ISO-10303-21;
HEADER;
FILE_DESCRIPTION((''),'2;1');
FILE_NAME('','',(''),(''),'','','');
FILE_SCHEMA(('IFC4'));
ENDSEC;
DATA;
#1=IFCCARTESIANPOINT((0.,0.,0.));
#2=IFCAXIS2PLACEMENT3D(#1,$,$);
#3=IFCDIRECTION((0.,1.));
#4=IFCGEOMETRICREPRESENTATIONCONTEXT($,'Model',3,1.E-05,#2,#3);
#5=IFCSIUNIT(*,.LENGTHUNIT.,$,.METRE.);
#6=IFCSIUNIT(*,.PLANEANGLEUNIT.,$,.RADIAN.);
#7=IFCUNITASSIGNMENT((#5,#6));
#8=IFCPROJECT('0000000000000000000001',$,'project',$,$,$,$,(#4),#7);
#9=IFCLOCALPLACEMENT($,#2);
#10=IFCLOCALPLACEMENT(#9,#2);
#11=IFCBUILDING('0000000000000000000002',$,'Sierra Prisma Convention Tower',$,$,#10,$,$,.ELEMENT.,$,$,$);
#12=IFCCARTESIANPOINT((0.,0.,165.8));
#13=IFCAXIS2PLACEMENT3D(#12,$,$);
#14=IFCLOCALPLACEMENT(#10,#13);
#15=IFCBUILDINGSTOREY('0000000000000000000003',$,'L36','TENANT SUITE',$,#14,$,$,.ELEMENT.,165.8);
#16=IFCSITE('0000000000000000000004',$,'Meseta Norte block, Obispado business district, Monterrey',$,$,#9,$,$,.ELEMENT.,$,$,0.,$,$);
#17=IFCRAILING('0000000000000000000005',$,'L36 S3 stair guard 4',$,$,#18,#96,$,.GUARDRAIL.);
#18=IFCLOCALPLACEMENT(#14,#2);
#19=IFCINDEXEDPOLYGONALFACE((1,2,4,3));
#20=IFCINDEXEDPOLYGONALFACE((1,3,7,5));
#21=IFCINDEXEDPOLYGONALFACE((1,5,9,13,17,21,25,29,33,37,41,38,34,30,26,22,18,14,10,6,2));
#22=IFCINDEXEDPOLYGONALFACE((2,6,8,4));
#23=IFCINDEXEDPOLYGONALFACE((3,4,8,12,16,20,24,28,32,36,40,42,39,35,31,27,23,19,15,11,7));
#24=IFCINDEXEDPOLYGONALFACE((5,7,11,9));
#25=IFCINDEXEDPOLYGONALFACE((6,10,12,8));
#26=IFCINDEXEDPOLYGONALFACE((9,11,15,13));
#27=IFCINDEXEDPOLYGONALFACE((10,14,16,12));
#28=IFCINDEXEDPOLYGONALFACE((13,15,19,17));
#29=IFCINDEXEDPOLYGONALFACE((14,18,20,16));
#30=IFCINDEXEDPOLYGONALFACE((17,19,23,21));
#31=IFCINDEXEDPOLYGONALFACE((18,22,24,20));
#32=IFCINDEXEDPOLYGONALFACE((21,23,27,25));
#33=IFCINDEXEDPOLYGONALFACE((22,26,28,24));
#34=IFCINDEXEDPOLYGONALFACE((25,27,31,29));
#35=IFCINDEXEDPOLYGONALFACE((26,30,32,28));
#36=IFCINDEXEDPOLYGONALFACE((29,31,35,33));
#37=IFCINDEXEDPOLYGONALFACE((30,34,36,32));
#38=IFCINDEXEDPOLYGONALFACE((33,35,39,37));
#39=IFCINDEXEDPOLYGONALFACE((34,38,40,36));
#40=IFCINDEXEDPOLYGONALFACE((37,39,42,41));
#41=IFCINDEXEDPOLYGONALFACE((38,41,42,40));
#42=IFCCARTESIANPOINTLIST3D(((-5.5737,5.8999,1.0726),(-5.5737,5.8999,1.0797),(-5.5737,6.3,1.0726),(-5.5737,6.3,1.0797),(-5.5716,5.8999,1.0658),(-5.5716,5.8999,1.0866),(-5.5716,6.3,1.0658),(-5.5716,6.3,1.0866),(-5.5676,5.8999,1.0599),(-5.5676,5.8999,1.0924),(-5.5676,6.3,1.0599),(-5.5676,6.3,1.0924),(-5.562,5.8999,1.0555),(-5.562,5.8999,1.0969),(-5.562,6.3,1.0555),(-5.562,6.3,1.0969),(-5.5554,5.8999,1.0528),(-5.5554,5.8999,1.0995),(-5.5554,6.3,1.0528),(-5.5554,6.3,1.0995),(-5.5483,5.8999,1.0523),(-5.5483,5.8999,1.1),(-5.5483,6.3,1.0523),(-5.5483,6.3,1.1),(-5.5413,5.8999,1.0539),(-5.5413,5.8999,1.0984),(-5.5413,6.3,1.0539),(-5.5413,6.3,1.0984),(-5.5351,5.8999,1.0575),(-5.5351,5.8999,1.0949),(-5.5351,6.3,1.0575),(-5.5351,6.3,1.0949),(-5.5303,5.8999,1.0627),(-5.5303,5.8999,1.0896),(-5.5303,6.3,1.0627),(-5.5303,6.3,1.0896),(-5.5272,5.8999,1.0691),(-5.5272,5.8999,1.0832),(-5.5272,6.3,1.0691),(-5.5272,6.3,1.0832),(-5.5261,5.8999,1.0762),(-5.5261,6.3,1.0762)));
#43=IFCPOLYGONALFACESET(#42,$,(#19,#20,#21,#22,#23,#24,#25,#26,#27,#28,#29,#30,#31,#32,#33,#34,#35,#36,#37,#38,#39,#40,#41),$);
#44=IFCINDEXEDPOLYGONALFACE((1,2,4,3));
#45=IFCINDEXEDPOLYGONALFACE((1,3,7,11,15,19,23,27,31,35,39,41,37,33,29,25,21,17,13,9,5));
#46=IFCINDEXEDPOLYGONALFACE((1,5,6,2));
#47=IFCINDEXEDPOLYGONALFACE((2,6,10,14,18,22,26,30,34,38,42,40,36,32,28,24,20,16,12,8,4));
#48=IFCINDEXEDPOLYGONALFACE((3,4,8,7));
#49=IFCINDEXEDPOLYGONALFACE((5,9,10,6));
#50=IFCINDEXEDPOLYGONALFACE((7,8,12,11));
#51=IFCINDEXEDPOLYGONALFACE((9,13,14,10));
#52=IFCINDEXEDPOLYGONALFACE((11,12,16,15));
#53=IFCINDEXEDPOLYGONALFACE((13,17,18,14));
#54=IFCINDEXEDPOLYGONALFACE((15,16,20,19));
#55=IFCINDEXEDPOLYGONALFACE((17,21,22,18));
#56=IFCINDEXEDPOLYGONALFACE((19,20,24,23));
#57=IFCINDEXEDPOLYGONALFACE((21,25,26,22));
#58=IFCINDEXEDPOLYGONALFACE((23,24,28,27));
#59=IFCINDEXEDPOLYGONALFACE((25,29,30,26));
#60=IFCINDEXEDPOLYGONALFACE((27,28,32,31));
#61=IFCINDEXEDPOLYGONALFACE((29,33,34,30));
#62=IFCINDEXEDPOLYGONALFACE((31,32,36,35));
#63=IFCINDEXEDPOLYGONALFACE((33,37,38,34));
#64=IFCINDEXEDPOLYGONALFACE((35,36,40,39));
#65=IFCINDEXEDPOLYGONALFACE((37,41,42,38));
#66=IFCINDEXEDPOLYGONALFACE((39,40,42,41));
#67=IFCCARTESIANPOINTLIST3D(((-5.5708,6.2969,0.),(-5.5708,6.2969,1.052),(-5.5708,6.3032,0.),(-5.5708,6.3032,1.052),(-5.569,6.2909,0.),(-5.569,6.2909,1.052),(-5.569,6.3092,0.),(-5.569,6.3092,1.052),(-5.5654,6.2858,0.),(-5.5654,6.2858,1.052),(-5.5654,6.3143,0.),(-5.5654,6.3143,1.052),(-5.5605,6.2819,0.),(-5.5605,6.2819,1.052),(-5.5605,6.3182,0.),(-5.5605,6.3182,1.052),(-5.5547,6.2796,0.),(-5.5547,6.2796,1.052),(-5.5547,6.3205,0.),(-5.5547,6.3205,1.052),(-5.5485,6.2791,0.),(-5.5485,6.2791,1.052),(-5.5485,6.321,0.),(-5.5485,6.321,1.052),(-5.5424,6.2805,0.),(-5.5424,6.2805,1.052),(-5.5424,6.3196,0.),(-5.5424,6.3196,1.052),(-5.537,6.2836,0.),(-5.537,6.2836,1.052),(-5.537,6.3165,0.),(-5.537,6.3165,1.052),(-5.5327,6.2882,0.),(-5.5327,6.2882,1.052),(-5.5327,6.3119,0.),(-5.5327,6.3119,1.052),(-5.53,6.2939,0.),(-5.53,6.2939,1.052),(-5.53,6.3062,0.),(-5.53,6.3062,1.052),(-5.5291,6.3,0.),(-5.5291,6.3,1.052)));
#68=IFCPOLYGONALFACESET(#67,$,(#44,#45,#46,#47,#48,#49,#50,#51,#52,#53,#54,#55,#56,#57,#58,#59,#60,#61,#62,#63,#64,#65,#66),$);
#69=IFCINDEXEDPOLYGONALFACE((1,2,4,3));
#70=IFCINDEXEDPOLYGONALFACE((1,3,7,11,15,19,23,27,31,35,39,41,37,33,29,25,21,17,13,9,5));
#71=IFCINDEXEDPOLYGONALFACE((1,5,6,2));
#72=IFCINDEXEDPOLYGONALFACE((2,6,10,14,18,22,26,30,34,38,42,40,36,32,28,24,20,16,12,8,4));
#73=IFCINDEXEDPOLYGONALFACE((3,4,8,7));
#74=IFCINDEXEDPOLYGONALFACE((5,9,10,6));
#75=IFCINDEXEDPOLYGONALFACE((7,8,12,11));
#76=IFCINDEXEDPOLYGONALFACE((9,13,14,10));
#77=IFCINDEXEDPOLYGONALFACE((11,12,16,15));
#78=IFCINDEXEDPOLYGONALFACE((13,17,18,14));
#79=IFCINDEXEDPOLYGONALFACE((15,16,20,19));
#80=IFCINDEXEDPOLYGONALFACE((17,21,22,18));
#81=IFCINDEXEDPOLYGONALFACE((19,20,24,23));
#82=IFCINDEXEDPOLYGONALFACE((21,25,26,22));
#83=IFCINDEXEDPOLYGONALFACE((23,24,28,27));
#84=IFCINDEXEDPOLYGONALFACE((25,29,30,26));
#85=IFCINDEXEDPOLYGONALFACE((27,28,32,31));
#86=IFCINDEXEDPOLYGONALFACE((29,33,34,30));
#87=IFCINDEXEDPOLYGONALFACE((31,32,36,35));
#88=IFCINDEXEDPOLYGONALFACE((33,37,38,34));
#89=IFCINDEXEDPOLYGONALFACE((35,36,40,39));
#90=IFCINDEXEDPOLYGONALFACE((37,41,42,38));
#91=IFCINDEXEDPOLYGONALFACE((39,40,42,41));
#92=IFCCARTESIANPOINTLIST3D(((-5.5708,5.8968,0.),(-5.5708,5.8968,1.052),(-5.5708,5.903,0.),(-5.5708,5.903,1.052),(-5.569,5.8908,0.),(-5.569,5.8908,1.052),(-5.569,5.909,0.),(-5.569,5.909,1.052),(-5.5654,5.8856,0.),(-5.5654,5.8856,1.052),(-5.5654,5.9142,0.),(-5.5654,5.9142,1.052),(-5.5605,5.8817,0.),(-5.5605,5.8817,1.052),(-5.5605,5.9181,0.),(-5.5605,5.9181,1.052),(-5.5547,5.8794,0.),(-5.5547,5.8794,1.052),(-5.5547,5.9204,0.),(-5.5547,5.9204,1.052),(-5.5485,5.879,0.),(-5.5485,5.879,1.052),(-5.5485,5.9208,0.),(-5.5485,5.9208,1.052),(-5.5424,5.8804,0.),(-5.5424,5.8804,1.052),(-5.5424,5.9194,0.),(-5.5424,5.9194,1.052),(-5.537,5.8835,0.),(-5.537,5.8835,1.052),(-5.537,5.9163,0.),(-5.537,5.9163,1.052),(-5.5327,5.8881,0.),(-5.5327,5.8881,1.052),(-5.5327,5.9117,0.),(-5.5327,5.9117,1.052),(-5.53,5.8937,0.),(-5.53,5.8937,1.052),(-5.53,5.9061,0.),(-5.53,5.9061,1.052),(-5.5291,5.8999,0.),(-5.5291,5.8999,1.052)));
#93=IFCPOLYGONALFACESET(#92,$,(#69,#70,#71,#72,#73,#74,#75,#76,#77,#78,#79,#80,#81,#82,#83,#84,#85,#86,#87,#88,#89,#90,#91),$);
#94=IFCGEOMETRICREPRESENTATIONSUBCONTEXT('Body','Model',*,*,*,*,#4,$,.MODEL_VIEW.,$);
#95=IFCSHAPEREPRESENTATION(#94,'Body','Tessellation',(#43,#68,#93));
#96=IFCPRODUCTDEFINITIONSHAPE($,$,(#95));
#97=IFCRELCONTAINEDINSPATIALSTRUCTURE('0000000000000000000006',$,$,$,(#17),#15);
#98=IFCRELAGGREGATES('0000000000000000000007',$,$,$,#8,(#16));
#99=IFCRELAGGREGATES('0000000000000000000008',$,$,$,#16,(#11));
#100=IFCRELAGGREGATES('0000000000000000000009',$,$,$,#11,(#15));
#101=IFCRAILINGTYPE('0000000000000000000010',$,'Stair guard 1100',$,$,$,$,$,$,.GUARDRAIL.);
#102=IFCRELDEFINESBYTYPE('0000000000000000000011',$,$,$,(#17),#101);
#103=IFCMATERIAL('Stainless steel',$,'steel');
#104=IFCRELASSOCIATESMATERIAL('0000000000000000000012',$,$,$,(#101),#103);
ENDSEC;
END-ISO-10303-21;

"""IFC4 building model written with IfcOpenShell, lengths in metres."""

from ifc_helpers import new_model, si_unit, direction, frame, origin, origin_2d, place, context, subcontext, project, spatial, circle, extrude, material, type_object, element, save


model = new_model("IFC4")

# Units and contexts
model_context = context("Model", 3, precision=1e-05, world=origin(), true_north=direction((0.0, 1.0)))
body_context = subcontext(model_context, "Body", "Model", "MODEL_VIEW")
ifc_project = project(units=[si_unit("LENGTHUNIT", "METRE"), si_unit("PLANEANGLEUNIT", "RADIAN")], contexts=[model_context])

# Site, building, storey
site_placement = place(None, origin())
site = spatial("IfcSite", under=ifc_project, at=site_placement, Name="Meseta Norte block, Obispado business district, Monterrey", CompositionType="ELEMENT", RefElevation=0.0)
building_placement = place(site_placement, origin())
building = spatial("IfcBuilding", under=site, at=building_placement, Name="Sierra Prisma Convention Tower", CompositionType="ELEMENT")
storey_placement = place(building_placement, frame((0.0, 0.0, 165.8)))
storey = spatial("IfcBuildingStorey", under=building, at=storey_placement, Name="L36", Description="TENANT SUITE", CompositionType="ELEMENT", Elevation=165.8)

# Railing
ifc_material_1 = material(Name="Stainless steel", Category="steel")
railing_type_1 = type_object("IfcRailingType", Name="Stair guard 1100", PredefinedType="GUARDRAIL", material=ifc_material_1)
railing_1_placement = place(storey_placement, frame((-5.55, 6.3, 0.0)))
element("IfcRailing", 1, at=railing_1_placement, inside=storey, type_object=railing_type_1, Name="L36 S3 stair guard 4", PredefinedType="GUARDRAIL", context=body_context, shape_type="SweptSolid", body=[
    extrude(circle(Radius=0.0239, at=origin_2d()), frame((0.0, 0.0, 1.0762), z_axis=(0.0, -1.0, 0.0), x_axis=(1.0, 0.0, 0.0)), (0.0, 0.0, 1.0), 0.4001),
    extrude(circle(Radius=0.021, at=origin_2d()), origin(), (0.0, 0.0, 1.0), 1.052),
    extrude(circle(Radius=0.021, at=origin_2d()), frame((0.0, -0.4001, 0.0)), (0.0, 0.0, 1.0), 1.052),
])

save(model, "model.ifc")
